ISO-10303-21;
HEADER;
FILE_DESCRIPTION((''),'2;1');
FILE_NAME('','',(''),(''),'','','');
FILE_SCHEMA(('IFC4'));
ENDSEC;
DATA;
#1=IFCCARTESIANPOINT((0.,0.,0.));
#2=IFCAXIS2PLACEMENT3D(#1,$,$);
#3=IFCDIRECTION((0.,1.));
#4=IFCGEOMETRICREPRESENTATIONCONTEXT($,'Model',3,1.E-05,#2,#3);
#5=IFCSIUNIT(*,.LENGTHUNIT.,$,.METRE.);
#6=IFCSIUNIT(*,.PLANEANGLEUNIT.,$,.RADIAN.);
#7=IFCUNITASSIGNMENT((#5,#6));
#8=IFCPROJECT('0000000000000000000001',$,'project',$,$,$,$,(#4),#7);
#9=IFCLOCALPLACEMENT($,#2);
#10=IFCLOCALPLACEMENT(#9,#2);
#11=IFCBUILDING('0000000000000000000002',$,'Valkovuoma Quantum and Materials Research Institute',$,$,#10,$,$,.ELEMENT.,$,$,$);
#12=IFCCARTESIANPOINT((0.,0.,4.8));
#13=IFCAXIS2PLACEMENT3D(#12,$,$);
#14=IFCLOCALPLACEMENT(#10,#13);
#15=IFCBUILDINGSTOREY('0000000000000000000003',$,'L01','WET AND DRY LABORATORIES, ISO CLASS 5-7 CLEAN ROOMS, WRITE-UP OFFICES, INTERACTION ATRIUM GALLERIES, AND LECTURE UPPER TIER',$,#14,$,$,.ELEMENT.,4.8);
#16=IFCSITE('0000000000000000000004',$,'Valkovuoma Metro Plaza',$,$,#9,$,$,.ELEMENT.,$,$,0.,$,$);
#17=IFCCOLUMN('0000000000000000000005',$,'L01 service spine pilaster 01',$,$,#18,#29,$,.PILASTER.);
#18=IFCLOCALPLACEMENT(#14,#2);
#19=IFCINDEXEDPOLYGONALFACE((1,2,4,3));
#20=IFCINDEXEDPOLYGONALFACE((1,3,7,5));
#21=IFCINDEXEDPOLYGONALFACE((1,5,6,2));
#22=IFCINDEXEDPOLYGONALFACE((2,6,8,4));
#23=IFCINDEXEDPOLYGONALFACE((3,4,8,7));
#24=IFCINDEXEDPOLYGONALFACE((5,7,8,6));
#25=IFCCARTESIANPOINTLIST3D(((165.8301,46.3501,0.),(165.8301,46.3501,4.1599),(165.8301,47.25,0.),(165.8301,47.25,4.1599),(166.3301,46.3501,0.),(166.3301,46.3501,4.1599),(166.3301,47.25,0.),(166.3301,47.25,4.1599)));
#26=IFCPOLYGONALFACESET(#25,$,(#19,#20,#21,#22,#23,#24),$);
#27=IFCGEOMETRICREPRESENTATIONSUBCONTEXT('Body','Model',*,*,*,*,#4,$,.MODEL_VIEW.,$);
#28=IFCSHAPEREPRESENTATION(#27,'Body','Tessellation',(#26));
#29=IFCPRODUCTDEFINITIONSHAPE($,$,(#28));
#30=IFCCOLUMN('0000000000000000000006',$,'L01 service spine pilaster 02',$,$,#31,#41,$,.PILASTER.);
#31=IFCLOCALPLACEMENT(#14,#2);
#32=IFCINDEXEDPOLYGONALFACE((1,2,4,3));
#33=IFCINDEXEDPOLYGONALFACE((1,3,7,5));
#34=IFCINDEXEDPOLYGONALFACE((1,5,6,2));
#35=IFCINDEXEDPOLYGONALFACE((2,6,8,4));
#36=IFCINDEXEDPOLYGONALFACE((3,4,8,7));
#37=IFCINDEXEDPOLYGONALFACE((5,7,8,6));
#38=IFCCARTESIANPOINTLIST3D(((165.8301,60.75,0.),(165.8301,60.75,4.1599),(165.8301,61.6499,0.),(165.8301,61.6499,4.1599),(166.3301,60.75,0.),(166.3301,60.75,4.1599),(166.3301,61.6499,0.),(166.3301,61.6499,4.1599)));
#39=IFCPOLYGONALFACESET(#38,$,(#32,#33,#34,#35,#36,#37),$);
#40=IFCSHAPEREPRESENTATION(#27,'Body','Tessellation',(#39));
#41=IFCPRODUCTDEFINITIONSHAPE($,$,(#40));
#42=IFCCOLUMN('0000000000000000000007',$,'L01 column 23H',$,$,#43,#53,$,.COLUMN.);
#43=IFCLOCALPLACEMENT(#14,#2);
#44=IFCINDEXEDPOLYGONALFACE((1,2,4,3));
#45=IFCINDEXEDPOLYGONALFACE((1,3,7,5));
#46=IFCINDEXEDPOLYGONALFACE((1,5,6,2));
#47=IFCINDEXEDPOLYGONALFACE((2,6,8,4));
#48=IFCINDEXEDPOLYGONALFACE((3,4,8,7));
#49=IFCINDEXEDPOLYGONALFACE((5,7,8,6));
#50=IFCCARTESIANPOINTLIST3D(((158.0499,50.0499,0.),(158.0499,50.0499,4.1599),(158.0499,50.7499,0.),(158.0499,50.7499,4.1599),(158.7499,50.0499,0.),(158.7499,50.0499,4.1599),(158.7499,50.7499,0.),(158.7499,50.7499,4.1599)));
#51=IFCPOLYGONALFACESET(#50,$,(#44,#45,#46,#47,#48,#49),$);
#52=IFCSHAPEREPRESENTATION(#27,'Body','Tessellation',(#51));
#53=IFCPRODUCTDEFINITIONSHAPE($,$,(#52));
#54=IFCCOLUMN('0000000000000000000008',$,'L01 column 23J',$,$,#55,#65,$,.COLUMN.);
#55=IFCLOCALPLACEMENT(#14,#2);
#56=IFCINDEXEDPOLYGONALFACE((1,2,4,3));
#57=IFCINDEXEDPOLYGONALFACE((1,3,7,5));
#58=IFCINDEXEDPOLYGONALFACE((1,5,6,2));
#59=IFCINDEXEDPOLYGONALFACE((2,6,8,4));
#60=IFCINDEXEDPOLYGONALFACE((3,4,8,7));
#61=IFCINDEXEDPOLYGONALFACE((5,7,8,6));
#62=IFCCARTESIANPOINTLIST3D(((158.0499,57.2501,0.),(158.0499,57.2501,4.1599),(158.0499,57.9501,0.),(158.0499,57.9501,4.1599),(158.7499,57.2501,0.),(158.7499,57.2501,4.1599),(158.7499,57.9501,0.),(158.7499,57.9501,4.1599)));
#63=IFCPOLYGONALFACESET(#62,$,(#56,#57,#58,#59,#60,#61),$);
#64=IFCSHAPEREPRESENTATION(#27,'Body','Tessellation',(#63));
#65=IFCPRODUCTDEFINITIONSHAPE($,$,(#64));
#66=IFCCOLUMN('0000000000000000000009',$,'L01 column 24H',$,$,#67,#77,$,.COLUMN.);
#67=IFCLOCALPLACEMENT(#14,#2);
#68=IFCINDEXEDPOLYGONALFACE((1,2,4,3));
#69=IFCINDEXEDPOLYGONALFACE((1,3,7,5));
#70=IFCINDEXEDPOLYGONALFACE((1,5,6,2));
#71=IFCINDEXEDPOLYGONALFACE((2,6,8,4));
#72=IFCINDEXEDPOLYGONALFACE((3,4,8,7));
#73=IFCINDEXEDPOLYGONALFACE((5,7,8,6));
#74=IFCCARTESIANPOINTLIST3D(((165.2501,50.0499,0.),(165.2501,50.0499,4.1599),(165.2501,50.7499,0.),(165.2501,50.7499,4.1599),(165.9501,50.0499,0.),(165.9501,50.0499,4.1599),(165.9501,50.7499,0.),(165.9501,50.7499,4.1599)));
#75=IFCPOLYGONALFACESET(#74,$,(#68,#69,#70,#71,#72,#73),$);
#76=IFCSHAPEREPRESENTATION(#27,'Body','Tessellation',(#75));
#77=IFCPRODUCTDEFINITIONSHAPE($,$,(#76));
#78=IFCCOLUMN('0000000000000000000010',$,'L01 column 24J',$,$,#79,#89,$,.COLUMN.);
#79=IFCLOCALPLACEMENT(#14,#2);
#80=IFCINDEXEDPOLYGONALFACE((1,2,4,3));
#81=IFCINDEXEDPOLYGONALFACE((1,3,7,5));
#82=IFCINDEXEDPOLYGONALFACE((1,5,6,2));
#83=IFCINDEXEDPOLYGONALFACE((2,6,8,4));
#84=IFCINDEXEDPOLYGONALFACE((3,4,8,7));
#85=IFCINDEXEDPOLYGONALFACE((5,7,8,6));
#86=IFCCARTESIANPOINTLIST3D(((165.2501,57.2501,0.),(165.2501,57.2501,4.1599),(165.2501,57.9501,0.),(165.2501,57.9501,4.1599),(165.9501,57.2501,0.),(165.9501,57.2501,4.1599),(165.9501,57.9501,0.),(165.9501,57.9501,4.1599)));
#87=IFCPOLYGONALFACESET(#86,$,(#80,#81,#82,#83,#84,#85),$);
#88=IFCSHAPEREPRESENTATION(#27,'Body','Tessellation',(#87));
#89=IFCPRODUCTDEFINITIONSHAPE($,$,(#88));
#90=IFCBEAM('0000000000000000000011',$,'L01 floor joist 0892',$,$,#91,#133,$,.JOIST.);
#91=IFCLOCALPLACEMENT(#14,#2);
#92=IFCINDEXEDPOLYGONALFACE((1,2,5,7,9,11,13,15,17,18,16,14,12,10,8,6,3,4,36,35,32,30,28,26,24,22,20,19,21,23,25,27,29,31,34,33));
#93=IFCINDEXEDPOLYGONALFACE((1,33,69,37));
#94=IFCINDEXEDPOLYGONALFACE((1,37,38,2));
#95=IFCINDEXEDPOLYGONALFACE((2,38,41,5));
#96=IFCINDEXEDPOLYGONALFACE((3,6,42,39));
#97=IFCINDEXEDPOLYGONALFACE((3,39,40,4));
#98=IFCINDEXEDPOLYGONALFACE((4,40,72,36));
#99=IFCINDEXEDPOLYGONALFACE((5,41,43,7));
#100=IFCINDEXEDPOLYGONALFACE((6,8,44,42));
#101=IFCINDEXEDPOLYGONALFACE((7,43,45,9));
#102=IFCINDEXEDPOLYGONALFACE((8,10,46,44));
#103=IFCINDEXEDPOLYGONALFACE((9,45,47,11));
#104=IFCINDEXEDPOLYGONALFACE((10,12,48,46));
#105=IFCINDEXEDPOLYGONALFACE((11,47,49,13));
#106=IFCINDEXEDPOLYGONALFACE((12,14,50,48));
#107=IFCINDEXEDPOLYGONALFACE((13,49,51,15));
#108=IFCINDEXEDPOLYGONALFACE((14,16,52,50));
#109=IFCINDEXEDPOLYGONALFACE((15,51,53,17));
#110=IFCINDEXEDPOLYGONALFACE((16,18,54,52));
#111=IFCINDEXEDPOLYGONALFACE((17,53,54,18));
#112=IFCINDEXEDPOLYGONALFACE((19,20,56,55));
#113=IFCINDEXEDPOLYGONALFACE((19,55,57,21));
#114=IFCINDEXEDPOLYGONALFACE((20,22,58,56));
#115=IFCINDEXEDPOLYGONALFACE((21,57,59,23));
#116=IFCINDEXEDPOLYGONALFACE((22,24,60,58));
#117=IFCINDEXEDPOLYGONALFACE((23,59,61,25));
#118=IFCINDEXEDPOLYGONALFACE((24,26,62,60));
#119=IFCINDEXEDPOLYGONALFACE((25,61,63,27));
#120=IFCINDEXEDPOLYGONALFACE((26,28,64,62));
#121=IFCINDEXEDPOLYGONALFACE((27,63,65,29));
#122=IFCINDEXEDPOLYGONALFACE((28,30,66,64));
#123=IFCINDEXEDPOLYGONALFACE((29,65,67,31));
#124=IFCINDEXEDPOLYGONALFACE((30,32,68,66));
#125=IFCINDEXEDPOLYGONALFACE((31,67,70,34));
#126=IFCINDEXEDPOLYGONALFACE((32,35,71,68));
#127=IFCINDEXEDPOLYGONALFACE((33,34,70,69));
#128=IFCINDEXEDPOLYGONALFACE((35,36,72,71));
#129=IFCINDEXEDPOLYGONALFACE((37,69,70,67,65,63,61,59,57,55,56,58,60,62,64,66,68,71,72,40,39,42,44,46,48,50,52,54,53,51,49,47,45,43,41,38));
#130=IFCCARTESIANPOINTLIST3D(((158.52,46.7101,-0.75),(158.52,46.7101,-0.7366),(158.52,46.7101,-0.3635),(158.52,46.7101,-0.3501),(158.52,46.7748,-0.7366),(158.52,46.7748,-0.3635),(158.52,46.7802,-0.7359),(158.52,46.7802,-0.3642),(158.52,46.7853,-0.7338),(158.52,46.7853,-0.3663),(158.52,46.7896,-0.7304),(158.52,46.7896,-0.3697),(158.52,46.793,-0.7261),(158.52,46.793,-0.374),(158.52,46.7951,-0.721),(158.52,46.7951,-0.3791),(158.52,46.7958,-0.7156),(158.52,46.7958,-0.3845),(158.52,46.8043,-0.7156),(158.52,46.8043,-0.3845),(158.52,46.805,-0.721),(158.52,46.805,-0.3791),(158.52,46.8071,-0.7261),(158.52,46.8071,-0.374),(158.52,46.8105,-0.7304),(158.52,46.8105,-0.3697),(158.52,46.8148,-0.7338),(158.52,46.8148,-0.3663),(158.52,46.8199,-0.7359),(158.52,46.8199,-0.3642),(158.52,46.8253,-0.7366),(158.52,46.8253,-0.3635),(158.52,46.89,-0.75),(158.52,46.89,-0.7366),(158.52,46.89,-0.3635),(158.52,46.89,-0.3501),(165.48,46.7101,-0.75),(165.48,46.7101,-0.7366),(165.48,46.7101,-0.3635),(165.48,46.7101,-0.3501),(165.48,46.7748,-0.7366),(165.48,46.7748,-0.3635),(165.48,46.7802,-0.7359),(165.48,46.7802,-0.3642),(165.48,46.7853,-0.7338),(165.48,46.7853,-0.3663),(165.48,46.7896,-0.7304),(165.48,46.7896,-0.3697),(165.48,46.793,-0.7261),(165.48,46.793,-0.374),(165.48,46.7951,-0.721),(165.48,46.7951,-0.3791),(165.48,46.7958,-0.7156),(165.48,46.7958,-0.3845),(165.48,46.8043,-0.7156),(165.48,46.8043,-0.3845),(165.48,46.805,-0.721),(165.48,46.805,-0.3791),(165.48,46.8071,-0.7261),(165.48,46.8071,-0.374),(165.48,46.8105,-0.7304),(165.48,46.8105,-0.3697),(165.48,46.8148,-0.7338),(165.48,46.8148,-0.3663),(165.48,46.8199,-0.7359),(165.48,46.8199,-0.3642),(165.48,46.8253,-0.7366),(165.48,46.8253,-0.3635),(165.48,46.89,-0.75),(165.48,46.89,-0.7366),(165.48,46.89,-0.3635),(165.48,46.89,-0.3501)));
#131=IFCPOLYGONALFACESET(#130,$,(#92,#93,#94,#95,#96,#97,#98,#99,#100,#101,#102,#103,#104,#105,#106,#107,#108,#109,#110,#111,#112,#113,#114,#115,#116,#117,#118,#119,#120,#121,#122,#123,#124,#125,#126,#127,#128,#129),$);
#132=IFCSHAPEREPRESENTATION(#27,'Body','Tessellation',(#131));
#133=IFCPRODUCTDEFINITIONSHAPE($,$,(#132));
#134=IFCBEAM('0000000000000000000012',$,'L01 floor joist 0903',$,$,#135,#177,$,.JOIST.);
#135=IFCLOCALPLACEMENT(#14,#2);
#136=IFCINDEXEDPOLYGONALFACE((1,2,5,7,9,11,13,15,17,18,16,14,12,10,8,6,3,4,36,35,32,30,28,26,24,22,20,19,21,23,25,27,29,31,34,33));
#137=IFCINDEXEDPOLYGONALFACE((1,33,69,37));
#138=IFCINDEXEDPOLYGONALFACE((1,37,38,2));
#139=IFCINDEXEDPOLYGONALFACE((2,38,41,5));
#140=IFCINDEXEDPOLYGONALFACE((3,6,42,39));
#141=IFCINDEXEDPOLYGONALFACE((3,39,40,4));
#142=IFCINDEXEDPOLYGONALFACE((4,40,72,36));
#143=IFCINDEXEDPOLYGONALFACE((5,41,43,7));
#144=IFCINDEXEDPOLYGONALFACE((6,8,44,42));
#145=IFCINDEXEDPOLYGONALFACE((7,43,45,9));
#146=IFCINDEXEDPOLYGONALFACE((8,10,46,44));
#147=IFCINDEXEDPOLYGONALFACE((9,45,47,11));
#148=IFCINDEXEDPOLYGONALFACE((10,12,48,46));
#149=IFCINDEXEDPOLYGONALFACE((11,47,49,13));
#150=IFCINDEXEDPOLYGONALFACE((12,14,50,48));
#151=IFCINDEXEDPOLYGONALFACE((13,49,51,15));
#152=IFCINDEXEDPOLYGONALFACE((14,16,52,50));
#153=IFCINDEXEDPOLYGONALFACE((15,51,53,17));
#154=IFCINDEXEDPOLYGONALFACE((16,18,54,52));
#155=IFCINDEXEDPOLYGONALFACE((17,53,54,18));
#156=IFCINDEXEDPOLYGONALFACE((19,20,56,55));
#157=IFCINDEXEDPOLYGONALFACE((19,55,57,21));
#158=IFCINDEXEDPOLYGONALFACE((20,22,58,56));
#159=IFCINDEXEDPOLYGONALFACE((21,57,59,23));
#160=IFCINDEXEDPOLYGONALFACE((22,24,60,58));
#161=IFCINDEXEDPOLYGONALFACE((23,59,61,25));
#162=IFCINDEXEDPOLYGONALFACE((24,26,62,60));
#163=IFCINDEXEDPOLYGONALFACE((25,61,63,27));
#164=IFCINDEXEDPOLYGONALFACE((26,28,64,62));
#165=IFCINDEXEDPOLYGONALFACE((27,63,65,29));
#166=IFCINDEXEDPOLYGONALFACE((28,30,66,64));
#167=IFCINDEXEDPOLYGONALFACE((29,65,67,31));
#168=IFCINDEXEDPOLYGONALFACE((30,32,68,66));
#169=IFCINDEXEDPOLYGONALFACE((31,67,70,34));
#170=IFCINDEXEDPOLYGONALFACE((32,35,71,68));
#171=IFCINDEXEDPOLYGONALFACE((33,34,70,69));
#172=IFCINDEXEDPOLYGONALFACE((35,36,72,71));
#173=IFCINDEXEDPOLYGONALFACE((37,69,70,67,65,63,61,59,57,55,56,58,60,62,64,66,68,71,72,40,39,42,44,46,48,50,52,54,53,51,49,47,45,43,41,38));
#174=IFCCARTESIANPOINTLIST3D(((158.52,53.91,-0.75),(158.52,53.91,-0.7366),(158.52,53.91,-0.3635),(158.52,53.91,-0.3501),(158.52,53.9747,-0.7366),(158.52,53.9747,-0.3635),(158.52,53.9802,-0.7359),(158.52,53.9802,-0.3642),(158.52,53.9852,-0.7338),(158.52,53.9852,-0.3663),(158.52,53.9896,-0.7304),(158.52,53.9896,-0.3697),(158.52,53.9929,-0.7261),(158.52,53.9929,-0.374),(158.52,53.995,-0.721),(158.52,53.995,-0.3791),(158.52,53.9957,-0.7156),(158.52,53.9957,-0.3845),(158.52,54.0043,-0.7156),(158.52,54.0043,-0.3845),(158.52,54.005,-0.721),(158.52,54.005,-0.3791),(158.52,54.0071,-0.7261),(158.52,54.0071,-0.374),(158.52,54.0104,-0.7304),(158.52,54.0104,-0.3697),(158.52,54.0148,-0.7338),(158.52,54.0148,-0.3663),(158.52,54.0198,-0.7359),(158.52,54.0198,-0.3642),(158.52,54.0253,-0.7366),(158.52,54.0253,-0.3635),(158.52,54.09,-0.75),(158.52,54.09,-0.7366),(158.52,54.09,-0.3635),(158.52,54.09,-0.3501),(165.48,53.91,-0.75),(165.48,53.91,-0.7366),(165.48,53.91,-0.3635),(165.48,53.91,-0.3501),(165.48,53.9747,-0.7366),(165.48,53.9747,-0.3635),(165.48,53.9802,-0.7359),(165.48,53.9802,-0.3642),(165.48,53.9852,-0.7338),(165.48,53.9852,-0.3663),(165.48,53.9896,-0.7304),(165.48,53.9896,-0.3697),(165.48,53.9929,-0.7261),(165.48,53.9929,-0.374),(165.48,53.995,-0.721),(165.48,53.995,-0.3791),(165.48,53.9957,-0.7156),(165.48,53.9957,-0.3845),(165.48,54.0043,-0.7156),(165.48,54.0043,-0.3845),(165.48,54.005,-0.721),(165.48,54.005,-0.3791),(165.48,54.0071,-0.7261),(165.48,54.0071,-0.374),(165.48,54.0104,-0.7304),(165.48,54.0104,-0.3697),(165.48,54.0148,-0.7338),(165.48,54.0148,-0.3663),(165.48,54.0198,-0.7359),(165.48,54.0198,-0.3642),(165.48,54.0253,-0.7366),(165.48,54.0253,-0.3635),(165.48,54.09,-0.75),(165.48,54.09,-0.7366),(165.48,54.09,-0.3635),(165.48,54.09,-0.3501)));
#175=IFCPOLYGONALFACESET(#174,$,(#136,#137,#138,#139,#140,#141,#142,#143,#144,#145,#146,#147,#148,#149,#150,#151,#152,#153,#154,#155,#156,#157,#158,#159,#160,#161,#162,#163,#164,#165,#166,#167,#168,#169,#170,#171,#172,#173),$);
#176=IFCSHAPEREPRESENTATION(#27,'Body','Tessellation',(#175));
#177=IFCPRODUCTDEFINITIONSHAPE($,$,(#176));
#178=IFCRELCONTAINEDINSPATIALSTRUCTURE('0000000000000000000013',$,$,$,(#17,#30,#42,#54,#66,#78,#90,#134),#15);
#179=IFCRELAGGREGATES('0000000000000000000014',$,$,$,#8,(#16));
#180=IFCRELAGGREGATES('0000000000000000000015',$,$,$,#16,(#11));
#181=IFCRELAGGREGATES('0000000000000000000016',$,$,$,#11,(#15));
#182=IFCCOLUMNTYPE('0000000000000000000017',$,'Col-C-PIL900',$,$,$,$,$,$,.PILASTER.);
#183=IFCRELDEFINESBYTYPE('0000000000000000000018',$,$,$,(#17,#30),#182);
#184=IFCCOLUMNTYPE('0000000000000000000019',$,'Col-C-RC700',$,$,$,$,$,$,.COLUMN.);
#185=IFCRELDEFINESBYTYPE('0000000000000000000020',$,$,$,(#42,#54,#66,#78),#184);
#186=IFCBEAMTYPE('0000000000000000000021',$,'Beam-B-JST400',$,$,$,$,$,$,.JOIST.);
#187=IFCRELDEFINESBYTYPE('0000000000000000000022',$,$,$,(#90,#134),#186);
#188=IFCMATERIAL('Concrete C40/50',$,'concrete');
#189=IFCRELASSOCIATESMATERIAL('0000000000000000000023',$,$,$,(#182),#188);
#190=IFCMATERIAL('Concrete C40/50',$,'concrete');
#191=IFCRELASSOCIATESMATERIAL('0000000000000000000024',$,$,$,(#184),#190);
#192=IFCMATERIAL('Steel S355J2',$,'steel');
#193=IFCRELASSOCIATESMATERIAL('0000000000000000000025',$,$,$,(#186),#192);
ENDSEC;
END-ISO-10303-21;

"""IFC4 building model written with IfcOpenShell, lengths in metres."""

from ifc_helpers import new_model, si_unit, direction, frame, origin, origin_2d, place, context, subcontext, project, spatial, rectangle, i_section, extrude, material, material_profile, profile_set, type_object, element, save


model = new_model("IFC4")

# Units and contexts
model_context = context("Model", 3, precision=1e-05, world=origin(), true_north=direction((0.0, 1.0)))
body_context = subcontext(model_context, "Body", "Model", "MODEL_VIEW")
ifc_project = project(units=[si_unit("LENGTHUNIT", "METRE"), si_unit("PLANEANGLEUNIT", "RADIAN")], contexts=[model_context])

# Site, building, storey
site_placement = place(None, origin())
site = spatial("IfcSite", under=ifc_project, at=site_placement, Name="Valkovuoma Metro Plaza", CompositionType="ELEMENT", RefElevation=0.0)
building_placement = place(site_placement, origin())
building = spatial("IfcBuilding", under=site, at=building_placement, Name="Valkovuoma Quantum and Materials Research Institute", CompositionType="ELEMENT")
storey_placement = place(building_placement, frame((0.0, 0.0, 4.8)))
storey = spatial("IfcBuildingStorey", under=building, at=storey_placement, Name="L01", Description="WET AND DRY LABORATORIES, ISO CLASS 5-7 CLEAN ROOMS, WRITE-UP OFFICES, INTERACTION ATRIUM GALLERIES, AND LECTURE UPPER TIER", CompositionType="ELEMENT", Elevation=4.8)

# Columns
ifc_material_1 = material(Name="Concrete C40/50", Category="concrete")
ifc_material_profile_1 = material_profile(ifc_material_1, rectangle(XDim=0.5, YDim=0.8999, at=origin_2d()), Name="Concrete C40/50")
ifc_profile_set_1 = profile_set([ifc_material_profile_1], Name="Concrete C40/50")
column_type_1 = type_object("IfcColumnType", Name="Col-C-PIL900", PredefinedType="PILASTER", material=ifc_profile_set_1)
for number, where, z_axis, x_axis, name in (
    (1, (166.0801, 46.8, 0.0), (0.0, 0.0, 1.0), (1.0, 0.0, 0.0), "L01 service spine pilaster 01"),
    (2, (166.0801, 61.2, 0.0), (0.0, 0.0, 1.0), (1.0, 0.0, 0.0), "L01 service spine pilaster 02"),
):
    element("IfcColumn", number, at=place(storey_placement, frame(where, z_axis=z_axis, x_axis=x_axis)), inside=storey, type_object=column_type_1, Name=name, PredefinedType="PILASTER", context=body_context, shape_type="SweptSolid", body=[
        extrude(rectangle(XDim=0.5, YDim=0.8999, at=origin_2d()), origin(), (0.0, 0.0, 1.0), 4.1599),
    ])
ifc_material_2 = material(Name="Concrete C40/50", Category="concrete")
ifc_material_profile_2 = material_profile(ifc_material_2, rectangle(XDim=0.7, YDim=0.7, at=origin_2d()), Name="Concrete C40/50")
ifc_profile_set_2 = profile_set([ifc_material_profile_2], Name="Concrete C40/50")
column_type_2 = type_object("IfcColumnType", Name="Col-C-RC700", PredefinedType="COLUMN", material=ifc_profile_set_2)
for number, where, z_axis, x_axis, name in (
    (3, (158.3999, 50.3999, 0.0), (0.0, 0.0, 1.0), (1.0, 0.0, 0.0), "L01 column 23H"),
    (4, (158.3999, 57.6001, 0.0), (0.0, 0.0, 1.0), (1.0, 0.0, 0.0), "L01 column 23J"),
    (5, (165.6001, 50.3999, 0.0), (0.0, 0.0, 1.0), (1.0, 0.0, 0.0), "L01 column 24H"),
    (6, (165.6001, 57.6001, 0.0), (0.0, 0.0, 1.0), (1.0, 0.0, 0.0), "L01 column 24J"),
):
    element("IfcColumn", number, at=place(storey_placement, frame(where, z_axis=z_axis, x_axis=x_axis)), inside=storey, type_object=column_type_2, Name=name, PredefinedType="COLUMN", context=body_context, shape_type="SweptSolid", body=[
        extrude(rectangle(XDim=0.7, YDim=0.7, at=origin_2d()), origin(), (0.0, 0.0, 1.0), 4.1599),
    ])

# Beams
ifc_material_3 = material(Name="Steel S355J2", Category="steel")
ifc_material_profile_3 = material_profile(ifc_material_3, i_section(OverallWidth=0.1799, OverallDepth=0.3999, WebThickness=0.0085, FlangeThickness=0.0134, FilletRadius=0.021, at=origin_2d()), Name="Steel S355J2")
ifc_profile_set_3 = profile_set([ifc_material_profile_3], Name="Steel S355J2")
beam_type_1 = type_object("IfcBeamType", Name="Beam-B-JST400", PredefinedType="JOIST", material=ifc_profile_set_3)
for number, where, z_axis, x_axis, name in (
    (7, (158.52, 46.8, -0.55), (1.0, 0.0, 0.0), (0.0, 1.0, 0.0), "L01 floor joist 0892"),
    (8, (158.52, 54.0, -0.55), (1.0, 0.0, 0.0), (0.0, 1.0, 0.0), "L01 floor joist 0903"),
):
    element("IfcBeam", number, at=place(storey_placement, frame(where, z_axis=z_axis, x_axis=x_axis)), inside=storey, type_object=beam_type_1, Name=name, PredefinedType="JOIST", context=body_context, shape_type="SweptSolid", body=[
        extrude(i_section(OverallWidth=0.1799, OverallDepth=0.3999, WebThickness=0.0085, FlangeThickness=0.0134, FilletRadius=0.021, at=origin_2d()), origin(), (0.0, 0.0, 1.0), 6.96),
    ])

save(model, "model.ifc")
